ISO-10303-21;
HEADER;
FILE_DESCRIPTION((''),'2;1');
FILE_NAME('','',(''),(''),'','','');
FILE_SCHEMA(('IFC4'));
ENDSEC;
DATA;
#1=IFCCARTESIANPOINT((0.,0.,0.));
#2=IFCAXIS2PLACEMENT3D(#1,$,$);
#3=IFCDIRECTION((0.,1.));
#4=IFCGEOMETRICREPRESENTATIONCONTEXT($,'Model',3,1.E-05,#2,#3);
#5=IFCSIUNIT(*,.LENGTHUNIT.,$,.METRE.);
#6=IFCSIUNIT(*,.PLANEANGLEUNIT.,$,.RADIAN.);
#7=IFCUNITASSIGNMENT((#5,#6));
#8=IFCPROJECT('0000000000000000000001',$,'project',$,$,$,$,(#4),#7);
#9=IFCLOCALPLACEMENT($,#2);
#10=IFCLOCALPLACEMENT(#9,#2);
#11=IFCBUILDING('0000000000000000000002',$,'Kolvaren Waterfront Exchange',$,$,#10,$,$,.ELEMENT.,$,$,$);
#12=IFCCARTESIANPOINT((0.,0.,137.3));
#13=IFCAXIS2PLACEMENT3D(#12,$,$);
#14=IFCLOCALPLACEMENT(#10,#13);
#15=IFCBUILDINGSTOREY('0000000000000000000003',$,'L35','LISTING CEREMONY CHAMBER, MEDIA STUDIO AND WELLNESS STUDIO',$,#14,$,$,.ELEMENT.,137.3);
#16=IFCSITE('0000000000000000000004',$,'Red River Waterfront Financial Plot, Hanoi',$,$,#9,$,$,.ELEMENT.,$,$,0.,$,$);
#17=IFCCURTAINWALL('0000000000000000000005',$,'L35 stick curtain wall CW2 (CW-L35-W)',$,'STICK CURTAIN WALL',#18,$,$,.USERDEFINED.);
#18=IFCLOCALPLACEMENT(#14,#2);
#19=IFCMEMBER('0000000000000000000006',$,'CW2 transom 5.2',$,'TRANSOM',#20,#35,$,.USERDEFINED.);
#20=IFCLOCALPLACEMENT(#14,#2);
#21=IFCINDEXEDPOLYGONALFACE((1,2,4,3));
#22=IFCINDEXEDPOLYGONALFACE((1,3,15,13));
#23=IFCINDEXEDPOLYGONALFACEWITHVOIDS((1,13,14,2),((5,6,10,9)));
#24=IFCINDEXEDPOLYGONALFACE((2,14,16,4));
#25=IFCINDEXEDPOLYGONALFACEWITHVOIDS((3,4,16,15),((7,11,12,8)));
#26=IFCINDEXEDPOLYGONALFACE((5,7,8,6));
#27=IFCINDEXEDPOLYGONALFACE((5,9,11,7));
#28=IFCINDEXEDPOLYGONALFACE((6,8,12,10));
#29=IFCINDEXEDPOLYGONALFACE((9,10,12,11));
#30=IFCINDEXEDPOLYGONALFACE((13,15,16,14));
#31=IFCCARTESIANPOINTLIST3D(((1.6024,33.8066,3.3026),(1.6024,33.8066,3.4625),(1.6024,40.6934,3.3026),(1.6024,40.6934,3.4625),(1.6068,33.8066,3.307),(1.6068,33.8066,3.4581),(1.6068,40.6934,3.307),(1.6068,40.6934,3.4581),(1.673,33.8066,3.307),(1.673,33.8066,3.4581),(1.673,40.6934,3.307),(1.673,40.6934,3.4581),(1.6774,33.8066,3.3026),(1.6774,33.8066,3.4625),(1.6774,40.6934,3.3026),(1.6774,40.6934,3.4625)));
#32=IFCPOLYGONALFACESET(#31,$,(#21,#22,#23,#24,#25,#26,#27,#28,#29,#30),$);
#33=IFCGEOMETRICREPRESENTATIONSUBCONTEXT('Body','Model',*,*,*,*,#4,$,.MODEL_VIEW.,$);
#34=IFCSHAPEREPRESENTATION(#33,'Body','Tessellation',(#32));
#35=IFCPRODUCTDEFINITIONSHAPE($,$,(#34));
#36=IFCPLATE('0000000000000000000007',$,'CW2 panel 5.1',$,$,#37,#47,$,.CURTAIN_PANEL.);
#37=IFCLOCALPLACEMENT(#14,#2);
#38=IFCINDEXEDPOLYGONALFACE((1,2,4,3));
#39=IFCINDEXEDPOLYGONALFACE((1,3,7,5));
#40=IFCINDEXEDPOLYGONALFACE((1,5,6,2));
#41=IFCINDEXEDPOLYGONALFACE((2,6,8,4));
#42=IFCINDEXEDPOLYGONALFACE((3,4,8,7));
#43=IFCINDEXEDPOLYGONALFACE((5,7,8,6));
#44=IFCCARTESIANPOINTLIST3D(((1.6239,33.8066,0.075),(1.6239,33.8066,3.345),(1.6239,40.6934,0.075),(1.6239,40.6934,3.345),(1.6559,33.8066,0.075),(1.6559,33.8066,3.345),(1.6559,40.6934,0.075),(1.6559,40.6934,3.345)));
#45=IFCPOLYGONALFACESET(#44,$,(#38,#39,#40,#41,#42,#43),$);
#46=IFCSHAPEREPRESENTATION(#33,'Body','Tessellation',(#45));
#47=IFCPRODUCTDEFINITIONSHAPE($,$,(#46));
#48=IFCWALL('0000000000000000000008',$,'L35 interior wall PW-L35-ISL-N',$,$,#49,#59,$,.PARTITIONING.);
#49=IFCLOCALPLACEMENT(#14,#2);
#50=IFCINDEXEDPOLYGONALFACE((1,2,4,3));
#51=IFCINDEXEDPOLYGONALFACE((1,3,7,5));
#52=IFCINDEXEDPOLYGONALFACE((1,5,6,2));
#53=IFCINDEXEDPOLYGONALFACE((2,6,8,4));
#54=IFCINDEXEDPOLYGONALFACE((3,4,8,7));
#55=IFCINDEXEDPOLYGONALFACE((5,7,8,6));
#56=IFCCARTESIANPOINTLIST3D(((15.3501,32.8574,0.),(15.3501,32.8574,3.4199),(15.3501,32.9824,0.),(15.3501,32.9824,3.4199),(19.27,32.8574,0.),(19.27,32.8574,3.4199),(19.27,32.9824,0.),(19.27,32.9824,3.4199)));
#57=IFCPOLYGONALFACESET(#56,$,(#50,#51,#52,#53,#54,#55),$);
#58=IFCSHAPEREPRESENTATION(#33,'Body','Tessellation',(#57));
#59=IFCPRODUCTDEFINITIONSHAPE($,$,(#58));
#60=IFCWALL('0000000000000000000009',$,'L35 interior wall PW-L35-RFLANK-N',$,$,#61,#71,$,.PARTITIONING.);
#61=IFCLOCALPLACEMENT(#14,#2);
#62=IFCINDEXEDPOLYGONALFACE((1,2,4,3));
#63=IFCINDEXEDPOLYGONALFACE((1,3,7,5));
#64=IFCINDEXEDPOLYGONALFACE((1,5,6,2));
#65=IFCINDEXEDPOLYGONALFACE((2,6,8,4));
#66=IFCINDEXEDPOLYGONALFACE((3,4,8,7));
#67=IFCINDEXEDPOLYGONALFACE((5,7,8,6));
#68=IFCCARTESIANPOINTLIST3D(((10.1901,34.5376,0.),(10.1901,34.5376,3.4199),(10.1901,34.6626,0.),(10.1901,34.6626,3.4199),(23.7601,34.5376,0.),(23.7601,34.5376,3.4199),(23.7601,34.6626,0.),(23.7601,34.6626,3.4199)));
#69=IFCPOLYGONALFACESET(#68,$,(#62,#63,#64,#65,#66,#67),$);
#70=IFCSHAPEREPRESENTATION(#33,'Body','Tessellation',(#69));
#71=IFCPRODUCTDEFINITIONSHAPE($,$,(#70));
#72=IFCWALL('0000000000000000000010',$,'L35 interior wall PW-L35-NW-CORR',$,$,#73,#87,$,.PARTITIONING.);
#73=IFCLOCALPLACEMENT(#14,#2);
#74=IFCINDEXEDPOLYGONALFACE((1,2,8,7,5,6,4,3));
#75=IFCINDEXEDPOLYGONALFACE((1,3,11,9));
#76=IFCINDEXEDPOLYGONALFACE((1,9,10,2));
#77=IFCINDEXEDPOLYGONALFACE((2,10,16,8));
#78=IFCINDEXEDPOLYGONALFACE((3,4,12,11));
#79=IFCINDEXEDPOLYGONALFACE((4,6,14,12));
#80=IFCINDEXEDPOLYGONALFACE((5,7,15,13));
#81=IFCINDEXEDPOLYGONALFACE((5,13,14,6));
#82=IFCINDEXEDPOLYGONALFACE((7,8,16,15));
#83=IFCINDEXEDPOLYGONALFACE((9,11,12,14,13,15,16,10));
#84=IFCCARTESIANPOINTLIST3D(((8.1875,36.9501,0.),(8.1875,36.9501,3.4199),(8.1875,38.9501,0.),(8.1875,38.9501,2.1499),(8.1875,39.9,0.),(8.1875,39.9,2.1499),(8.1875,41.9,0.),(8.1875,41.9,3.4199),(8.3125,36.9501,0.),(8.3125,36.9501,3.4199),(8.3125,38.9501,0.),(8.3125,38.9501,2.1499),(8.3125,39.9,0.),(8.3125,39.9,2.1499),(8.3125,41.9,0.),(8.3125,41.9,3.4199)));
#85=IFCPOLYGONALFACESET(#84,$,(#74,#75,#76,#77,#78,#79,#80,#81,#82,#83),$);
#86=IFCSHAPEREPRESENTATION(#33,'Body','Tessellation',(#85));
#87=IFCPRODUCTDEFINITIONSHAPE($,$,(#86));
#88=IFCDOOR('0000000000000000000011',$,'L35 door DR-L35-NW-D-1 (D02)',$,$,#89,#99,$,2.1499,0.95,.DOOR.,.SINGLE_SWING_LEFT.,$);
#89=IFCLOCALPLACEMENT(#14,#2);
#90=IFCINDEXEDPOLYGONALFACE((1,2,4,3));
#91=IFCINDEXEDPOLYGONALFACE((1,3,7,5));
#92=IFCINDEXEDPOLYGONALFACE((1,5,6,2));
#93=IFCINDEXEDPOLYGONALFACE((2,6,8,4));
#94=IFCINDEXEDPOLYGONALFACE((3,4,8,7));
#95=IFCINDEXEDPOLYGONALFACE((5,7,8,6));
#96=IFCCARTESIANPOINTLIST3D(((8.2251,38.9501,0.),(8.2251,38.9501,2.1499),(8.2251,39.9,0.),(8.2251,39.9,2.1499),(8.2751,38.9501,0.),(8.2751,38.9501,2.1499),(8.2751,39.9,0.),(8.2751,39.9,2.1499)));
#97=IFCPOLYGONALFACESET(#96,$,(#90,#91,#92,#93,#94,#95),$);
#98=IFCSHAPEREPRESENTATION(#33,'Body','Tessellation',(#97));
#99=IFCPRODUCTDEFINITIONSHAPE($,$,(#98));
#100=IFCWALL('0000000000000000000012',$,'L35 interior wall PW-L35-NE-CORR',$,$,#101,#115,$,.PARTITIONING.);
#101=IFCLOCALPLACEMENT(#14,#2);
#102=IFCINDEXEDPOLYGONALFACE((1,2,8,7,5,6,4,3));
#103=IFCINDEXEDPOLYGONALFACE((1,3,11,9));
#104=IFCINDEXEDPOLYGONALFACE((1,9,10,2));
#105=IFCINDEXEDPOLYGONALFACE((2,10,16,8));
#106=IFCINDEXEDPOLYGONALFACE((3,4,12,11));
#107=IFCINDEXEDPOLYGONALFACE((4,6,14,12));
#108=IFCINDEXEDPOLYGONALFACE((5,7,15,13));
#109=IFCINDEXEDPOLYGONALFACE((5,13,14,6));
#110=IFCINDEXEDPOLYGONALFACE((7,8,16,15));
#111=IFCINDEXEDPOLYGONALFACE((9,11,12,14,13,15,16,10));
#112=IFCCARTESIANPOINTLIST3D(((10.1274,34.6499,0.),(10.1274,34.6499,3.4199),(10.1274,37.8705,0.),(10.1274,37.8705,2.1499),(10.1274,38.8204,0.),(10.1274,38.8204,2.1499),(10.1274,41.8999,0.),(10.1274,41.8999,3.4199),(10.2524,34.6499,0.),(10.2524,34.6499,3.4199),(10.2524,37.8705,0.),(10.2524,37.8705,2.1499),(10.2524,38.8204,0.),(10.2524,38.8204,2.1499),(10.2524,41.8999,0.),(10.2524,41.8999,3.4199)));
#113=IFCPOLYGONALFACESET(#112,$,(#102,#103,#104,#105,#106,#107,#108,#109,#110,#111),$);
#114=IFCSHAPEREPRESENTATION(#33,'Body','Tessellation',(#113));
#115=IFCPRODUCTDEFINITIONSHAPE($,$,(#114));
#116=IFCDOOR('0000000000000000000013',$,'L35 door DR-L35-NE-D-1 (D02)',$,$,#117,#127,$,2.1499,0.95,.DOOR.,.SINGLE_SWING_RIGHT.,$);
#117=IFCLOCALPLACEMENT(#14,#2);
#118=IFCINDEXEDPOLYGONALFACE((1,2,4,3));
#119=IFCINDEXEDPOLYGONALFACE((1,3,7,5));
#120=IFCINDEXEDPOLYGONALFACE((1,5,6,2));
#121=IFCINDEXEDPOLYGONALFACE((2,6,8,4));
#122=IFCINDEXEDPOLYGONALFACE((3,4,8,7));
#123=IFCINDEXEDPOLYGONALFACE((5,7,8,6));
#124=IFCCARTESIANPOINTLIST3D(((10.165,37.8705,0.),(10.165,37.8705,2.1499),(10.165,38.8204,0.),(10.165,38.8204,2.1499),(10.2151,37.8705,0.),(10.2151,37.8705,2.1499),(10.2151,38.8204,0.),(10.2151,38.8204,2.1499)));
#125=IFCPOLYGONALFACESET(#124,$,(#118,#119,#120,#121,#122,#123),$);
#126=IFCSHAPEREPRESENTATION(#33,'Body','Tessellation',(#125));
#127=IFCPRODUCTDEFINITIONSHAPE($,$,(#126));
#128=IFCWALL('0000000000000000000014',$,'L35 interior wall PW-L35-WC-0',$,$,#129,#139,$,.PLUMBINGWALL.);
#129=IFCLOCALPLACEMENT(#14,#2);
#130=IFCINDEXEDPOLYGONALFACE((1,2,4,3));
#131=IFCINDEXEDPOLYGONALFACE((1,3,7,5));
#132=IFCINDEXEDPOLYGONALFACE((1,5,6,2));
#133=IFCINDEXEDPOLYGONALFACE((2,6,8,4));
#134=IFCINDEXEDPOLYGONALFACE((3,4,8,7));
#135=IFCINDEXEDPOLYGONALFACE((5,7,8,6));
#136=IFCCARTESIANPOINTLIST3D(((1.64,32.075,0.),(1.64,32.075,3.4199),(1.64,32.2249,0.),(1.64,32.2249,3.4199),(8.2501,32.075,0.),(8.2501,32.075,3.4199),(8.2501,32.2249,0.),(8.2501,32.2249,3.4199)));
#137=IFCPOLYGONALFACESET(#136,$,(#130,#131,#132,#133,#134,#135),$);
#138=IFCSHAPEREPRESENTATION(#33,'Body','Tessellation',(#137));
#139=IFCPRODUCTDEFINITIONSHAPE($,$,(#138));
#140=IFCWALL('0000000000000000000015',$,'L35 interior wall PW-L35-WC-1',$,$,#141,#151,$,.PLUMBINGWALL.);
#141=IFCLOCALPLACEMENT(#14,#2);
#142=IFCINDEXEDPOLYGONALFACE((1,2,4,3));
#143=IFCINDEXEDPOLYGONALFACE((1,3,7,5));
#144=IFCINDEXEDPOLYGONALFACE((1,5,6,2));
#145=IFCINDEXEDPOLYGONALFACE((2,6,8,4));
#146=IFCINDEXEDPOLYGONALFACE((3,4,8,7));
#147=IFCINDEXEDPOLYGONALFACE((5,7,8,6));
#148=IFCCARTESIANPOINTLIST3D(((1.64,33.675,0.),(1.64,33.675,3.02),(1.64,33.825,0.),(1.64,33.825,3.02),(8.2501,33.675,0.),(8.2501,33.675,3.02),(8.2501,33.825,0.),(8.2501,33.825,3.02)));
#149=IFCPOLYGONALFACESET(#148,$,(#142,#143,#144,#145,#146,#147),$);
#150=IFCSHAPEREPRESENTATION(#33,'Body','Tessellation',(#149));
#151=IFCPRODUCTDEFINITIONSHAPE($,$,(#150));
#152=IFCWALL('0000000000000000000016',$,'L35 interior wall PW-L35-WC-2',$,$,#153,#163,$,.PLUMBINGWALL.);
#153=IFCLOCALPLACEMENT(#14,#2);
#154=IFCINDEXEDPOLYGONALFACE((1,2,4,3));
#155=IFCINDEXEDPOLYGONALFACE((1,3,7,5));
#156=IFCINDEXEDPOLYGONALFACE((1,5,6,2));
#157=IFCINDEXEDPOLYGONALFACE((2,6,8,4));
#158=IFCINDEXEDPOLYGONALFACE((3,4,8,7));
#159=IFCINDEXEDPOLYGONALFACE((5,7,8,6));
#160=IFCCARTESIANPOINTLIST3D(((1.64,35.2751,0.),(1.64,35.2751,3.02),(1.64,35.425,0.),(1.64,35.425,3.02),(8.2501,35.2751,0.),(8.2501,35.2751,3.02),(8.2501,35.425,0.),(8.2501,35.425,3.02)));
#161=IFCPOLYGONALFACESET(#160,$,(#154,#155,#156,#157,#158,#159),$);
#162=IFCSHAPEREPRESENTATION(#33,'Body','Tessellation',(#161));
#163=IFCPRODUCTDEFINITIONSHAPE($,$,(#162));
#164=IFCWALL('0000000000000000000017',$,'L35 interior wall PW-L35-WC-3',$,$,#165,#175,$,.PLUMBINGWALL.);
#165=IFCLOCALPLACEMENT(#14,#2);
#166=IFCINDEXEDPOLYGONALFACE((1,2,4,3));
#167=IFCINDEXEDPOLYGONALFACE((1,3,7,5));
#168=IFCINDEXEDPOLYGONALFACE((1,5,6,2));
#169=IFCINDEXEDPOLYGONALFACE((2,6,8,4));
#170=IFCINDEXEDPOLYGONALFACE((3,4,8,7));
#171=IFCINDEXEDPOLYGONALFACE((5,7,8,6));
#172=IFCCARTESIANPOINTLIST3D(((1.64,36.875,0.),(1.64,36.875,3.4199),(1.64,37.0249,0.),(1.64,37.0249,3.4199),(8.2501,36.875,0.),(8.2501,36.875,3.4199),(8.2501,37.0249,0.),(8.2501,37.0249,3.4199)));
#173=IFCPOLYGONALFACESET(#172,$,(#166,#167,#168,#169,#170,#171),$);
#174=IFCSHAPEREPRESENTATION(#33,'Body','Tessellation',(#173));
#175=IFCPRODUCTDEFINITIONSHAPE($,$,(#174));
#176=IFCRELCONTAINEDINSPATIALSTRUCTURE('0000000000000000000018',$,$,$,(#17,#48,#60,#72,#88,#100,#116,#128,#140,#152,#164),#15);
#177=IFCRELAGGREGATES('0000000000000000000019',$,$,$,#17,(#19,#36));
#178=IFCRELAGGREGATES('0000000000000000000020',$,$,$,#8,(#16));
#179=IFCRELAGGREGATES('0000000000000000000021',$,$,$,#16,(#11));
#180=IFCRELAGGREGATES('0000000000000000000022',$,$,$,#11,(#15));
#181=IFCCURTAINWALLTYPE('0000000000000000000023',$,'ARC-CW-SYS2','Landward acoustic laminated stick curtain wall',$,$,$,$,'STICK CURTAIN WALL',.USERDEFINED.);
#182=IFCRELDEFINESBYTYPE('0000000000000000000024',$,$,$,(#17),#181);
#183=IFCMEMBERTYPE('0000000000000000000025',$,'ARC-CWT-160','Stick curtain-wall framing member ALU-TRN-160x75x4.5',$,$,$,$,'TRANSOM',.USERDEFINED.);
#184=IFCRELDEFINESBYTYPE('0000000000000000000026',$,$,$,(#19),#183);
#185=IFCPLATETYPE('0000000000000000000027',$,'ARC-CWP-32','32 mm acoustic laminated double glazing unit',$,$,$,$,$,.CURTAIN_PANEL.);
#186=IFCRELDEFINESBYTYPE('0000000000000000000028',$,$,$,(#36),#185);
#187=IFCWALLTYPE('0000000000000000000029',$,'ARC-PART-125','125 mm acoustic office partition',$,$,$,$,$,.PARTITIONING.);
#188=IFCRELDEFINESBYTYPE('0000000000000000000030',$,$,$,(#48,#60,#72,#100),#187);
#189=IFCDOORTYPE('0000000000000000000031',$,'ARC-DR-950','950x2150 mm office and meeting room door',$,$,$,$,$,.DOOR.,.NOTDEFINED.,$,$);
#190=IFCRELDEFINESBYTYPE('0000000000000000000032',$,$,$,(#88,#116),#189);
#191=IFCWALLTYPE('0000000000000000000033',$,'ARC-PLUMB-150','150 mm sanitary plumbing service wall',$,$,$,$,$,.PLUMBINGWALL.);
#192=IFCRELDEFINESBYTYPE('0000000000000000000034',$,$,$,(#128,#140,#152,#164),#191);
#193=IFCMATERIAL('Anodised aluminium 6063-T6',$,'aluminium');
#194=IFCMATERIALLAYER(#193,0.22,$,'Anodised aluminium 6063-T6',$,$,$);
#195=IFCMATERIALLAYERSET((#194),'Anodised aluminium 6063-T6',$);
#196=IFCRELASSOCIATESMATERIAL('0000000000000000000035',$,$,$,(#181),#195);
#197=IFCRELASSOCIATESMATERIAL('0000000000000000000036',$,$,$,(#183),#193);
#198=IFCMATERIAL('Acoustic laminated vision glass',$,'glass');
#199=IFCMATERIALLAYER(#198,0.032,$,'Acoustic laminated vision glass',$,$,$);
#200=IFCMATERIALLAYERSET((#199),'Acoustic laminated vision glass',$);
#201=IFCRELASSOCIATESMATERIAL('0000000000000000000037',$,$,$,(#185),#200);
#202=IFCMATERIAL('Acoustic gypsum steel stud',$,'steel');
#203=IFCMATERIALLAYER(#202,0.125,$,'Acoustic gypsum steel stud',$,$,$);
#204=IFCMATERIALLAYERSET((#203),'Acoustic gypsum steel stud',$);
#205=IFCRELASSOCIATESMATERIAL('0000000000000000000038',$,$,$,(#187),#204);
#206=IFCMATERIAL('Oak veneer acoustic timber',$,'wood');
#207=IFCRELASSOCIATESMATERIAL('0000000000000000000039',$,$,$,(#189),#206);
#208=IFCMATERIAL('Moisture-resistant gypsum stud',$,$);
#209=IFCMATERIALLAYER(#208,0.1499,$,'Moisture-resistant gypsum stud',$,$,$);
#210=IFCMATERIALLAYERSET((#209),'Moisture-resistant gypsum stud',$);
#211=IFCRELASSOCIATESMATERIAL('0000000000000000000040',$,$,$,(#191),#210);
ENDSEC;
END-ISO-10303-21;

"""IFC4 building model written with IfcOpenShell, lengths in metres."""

from ifc_helpers import new_model, si_unit, direction, frame, frame_2d, origin, origin_with_axes, origin_2d, place, context, subcontext, project, spatial, rectangle, hollow_rectangle, extrude, source, transform, mapped, material, layer, layer_set, material_profile, profile_set, type_object, element, fill, aggregate, save


model = new_model("IFC4")

# Units and contexts
model_context = context("Model", 3, precision=1e-05, world=origin(), true_north=direction((0.0, 1.0)))
body_context = subcontext(model_context, "Body", "Model", "MODEL_VIEW")
ifc_project = project(units=[si_unit("LENGTHUNIT", "METRE"), si_unit("PLANEANGLEUNIT", "RADIAN")], contexts=[model_context])

# Site, building, storey
site_placement = place(None, origin())
site = spatial("IfcSite", under=ifc_project, at=site_placement, Name="Red River Waterfront Financial Plot, Hanoi", CompositionType="ELEMENT", RefElevation=0.0)
building_placement = place(site_placement, origin())
building = spatial("IfcBuilding", under=site, at=building_placement, Name="Kolvaren Waterfront Exchange", CompositionType="ELEMENT")
storey_placement = place(building_placement, frame((0.0, 0.0, 137.3)))
storey = spatial("IfcBuildingStorey", under=building, at=storey_placement, Name="L35", Description="LISTING CEREMONY CHAMBER, MEDIA STUDIO AND WELLNESS STUDIO", CompositionType="ELEMENT", Elevation=137.3)

# Curtain wall, member, plate
ifc_material_1 = material(Name="Anodised aluminium 6063-T6", Category="aluminium")
ifc_layer_1 = layer(ifc_material_1, 0.22, Name="Anodised aluminium 6063-T6")
ifc_layer_set_1 = layer_set([ifc_layer_1], Name="Anodised aluminium 6063-T6")
curtain_wall_type = type_object("IfcCurtainWallType", Name="ARC-CW-SYS2", Description="Landward acoustic laminated stick curtain wall", ElementType="STICK CURTAIN WALL", PredefinedType="USERDEFINED", material=ifc_layer_set_1)
curtain_wall_placement = place(storey_placement, origin())
curtain_wall = element("IfcCurtainWall", 1, at=curtain_wall_placement, inside=storey, type_object=curtain_wall_type, Name="L35 stick curtain wall CW2 (CW-L35-W)", ObjectType="STICK CURTAIN WALL", PredefinedType="USERDEFINED")
ifc_material_profile_1 = material_profile(ifc_material_1, hollow_rectangle(XDim=0.075, YDim=0.1599, WallThickness=0.0044, at=origin_2d()), Name="ALU-TRN-160x75x4.5")
ifc_profile_set_1 = profile_set([ifc_material_profile_1], Name="Anodised aluminium 6063-T6")
member_type_1 = type_object("IfcMemberType", Name="ARC-CWT-160", Description="Stick curtain-wall framing member ALU-TRN-160x75x4.5", ElementType="TRANSOM", PredefinedType="USERDEFINED", material=ifc_profile_set_1)
shared_shape_1 = source(origin_with_axes(), body_context, "Body", "SweptSolid", [
    extrude(hollow_rectangle(XDim=0.075, YDim=0.1599, WallThickness=0.0044, at=origin_2d()), origin(), (0.0, 0.0, 1.0), 6.8867),
])
member_1_placement = place(storey_placement, frame((1.6399, 33.8066, 3.3826), z_axis=(0.0, 1.0, 0.0), x_axis=(-1.0, 0.0, 0.0)))
member_1 = element("IfcMember", 2, at=member_1_placement, type_object=member_type_1, Name="CW2 transom 5.2", ObjectType="TRANSOM", PredefinedType="USERDEFINED", context=body_context, shape_type="MappedRepresentation", body=[
    mapped(shared_shape_1, transform((0.0, 0.0, 0.0), x_axis=(1.0, 0.0, 0.0), y_axis=(0.0, 1.0, 0.0), z_axis=(0.0, 0.0, 1.0), scale=1.0)),
])
ifc_material_2 = material(Name="Acoustic laminated vision glass", Category="glass")
ifc_layer_2 = layer(ifc_material_2, 0.032, Name="Acoustic laminated vision glass")
ifc_layer_set_2 = layer_set([ifc_layer_2], Name="Acoustic laminated vision glass")
plate_type = type_object("IfcPlateType", Name="ARC-CWP-32", Description="32 mm acoustic laminated double glazing unit", PredefinedType="CURTAIN_PANEL", material=ifc_layer_set_2)
shared_shape_2 = source(origin_with_axes(), body_context, "Body", "SweptSolid", [
    extrude(rectangle(XDim=6.8867, YDim=0.032, at=origin_2d()), origin(), (0.0, 0.0, 1.0), 3.27),
])
plate_placement = place(storey_placement, frame((1.6399, 37.25, 0.075), z_axis=(0.0, 0.0, 1.0), x_axis=(0.0, 1.0, 0.0)))
plate = element("IfcPlate", 3, at=plate_placement, type_object=plate_type, Name="CW2 panel 5.1", PredefinedType="CURTAIN_PANEL", context=body_context, shape_type="MappedRepresentation", body=[
    mapped(shared_shape_2, transform((0.0, 0.0, 0.0), x_axis=(1.0, 0.0, 0.0), y_axis=(0.0, 1.0, 0.0), z_axis=(0.0, 0.0, 1.0), scale=1.0)),
])
aggregate(curtain_wall, [member_1, plate])

# Walls
ifc_material_3 = material(Name="Acoustic gypsum steel stud", Category="steel")
ifc_layer_3 = layer(ifc_material_3, 0.125, Name="Acoustic gypsum steel stud")
ifc_layer_set_3 = layer_set([ifc_layer_3], Name="Acoustic gypsum steel stud")
wall_type_1 = type_object("IfcWallType", Name="ARC-PART-125", Description="125 mm acoustic office partition", PredefinedType="PARTITIONING", material=ifc_layer_set_3)
wall_1_placement = place(storey_placement, frame((15.3501, 32.9199, 0.0), z_axis=(0.0, 0.0, 1.0), x_axis=(1.0, 0.0, 0.0)))
element("IfcWall", 4, at=wall_1_placement, inside=storey, type_object=wall_type_1, Name="L35 interior wall PW-L35-ISL-N", PredefinedType="PARTITIONING", context=body_context, shape_type="SweptSolid", body=[
    extrude(rectangle(XDim=3.9199, YDim=0.125, at=frame_2d((1.96, 0.0))), origin(), (0.0, 0.0, 1.0), 3.4199),
])
wall_2_placement = place(storey_placement, frame((10.1899, 34.6001, 0.0), z_axis=(0.0, 0.0, 1.0), x_axis=(1.0, 0.0, 0.0)))
element("IfcWall", 5, at=wall_2_placement, inside=storey, type_object=wall_type_1, Name="L35 interior wall PW-L35-RFLANK-N", PredefinedType="PARTITIONING", context=body_context, shape_type="SweptSolid", body=[
    extrude(rectangle(XDim=13.5701, YDim=0.125, at=frame_2d((6.7852, 0.0))), origin(), (0.0, 0.0, 1.0), 3.4199),
])

# Walls, openings, doors
wall_3_placement = place(storey_placement, frame((8.25, 36.95, 0.0), z_axis=(0.0, 0.0, 1.0), x_axis=(0.0, 1.0, 0.0)))
wall_3 = element("IfcWall", 6, at=wall_3_placement, inside=storey, type_object=wall_type_1, Name="L35 interior wall PW-L35-NW-CORR", PredefinedType="PARTITIONING", context=body_context, shape_type="SweptSolid", body=[
    extrude(rectangle(XDim=4.95, YDim=0.125, at=frame_2d((2.4751, 0.0))), origin(), (0.0, 0.0, 1.0), 3.4199),
])
opening_1_placement = place(wall_3_placement, frame((2.0, 0.0, 0.0)))
opening_1 = element("IfcOpeningElement", 7, at=opening_1_placement, cuts=wall_3, PredefinedType="OPENING", context=body_context, shape_type="SweptSolid", body=[
    extrude(rectangle(XDim=0.95, YDim=2.1499, at=frame_2d((0.4751, 1.075))), frame((0.0, 0.0725, 0.0), z_axis=(0.0, -1.0, 0.0), x_axis=(1.0, 0.0, 0.0)), (0.0, 0.0, 1.0), 0.145),
])
ifc_material_4 = material(Name="Oak veneer acoustic timber", Category="wood")
door_type_1 = type_object("IfcDoorType", Name="ARC-DR-950", Description="950x2150 mm office and meeting room door", OperationType="NOTDEFINED", PredefinedType="DOOR", material=ifc_material_4)
door_1_placement = place(opening_1_placement, origin())
door_1 = element("IfcDoor", 8, at=door_1_placement, inside=storey, type_object=door_type_1, Name="L35 door DR-L35-NW-D-1 (D02)", OperationType="SINGLE_SWING_LEFT", OverallHeight=2.1499, OverallWidth=0.95, PredefinedType="DOOR", context=body_context, shape_type="SweptSolid", body=[
    extrude(rectangle(XDim=0.95, YDim=2.1499, at=frame_2d((0.4751, 1.075))), frame((0.0, 0.0249, 0.0), z_axis=(0.0, -1.0, 0.0), x_axis=(1.0, 0.0, 0.0)), (0.0, 0.0, 1.0), 0.05),
])
fill(opening_1, door_1)
wall_4_placement = place(storey_placement, frame((10.1899, 34.6499, 0.0), z_axis=(0.0, 0.0, 1.0), x_axis=(0.0, 1.0, 0.0)))
wall_4 = element("IfcWall", 9, at=wall_4_placement, inside=storey, type_object=wall_type_1, Name="L35 interior wall PW-L35-NE-CORR", PredefinedType="PARTITIONING", context=body_context, shape_type="SweptSolid", body=[
    extrude(rectangle(XDim=7.25, YDim=0.125, at=frame_2d((3.625, 0.0))), origin(), (0.0, 0.0, 1.0), 3.4199),
])
opening_2_placement = place(wall_4_placement, frame((3.2205, 0.0, 0.0)))
opening_2 = element("IfcOpeningElement", 10, at=opening_2_placement, cuts=wall_4, PredefinedType="OPENING", context=body_context, shape_type="SweptSolid", body=[
    extrude(rectangle(XDim=0.95, YDim=2.1499, at=frame_2d((0.4751, 1.075))), frame((0.0, 0.0725, 0.0), z_axis=(0.0, -1.0, 0.0), x_axis=(1.0, 0.0, 0.0)), (0.0, 0.0, 1.0), 0.145),
])
door_2_placement = place(opening_2_placement, origin())
door_2 = element("IfcDoor", 11, at=door_2_placement, inside=storey, type_object=door_type_1, Name="L35 door DR-L35-NE-D-1 (D02)", OperationType="SINGLE_SWING_RIGHT", OverallHeight=2.1499, OverallWidth=0.95, PredefinedType="DOOR", context=body_context, shape_type="SweptSolid", body=[
    extrude(rectangle(XDim=0.95, YDim=2.1499, at=frame_2d((0.4751, 1.075))), frame((0.0, 0.0249, 0.0), z_axis=(0.0, -1.0, 0.0), x_axis=(1.0, 0.0, 0.0)), (0.0, 0.0, 1.0), 0.05),
])
fill(opening_2, door_2)

# Wall
ifc_material_5 = material(Name="Moisture-resistant gypsum stud")
ifc_layer_4 = layer(ifc_material_5, 0.1499, Name="Moisture-resistant gypsum stud")
ifc_layer_set_4 = layer_set([ifc_layer_4], Name="Moisture-resistant gypsum stud")
wall_type_2 = type_object("IfcWallType", Name="ARC-PLUMB-150", Description="150 mm sanitary plumbing service wall", PredefinedType="PLUMBINGWALL", material=ifc_layer_set_4)
wall_5_placement = place(storey_placement, frame((1.6399, 32.1499, 0.0), z_axis=(0.0, 0.0, 1.0), x_axis=(1.0, 0.0, 0.0)))
element("IfcWall", 12, at=wall_5_placement, inside=storey, type_object=wall_type_2, Name="L35 interior wall PW-L35-WC-0", PredefinedType="PLUMBINGWALL", context=body_context, shape_type="SweptSolid", body=[
    extrude(rectangle(XDim=6.6101, YDim=0.1499, at=frame_2d((3.3052, 0.0))), origin(), (0.0, 0.0, 1.0), 3.4199),
])

# Walls
for number, where, z_axis, x_axis, name in (
    (13, (1.6399, 33.75, 0.0), (0.0, 0.0, 1.0), (1.0, 0.0, 0.0), "L35 interior wall PW-L35-WC-1"),
    (14, (1.6399, 35.3501, 0.0), (0.0, 0.0, 1.0), (1.0, 0.0, 0.0), "L35 interior wall PW-L35-WC-2"),
):
    element("IfcWall", number, at=place(storey_placement, frame(where, z_axis=z_axis, x_axis=x_axis)), inside=storey, type_object=wall_type_2, Name=name, PredefinedType="PLUMBINGWALL", context=body_context, shape_type="SweptSolid", body=[
        extrude(rectangle(XDim=6.6101, YDim=0.1499, at=frame_2d((3.3052, 0.0))), origin(), (0.0, 0.0, 1.0), 3.02),
    ])
wall_6_placement = place(storey_placement, frame((1.6399, 36.95, 0.0), z_axis=(0.0, 0.0, 1.0), x_axis=(1.0, 0.0, 0.0)))
element("IfcWall", 15, at=wall_6_placement, inside=storey, type_object=wall_type_2, Name="L35 interior wall PW-L35-WC-3", PredefinedType="PLUMBINGWALL", context=body_context, shape_type="SweptSolid", body=[
    extrude(rectangle(XDim=6.6101, YDim=0.1499, at=frame_2d((3.3052, 0.0))), origin(), (0.0, 0.0, 1.0), 3.4199),
])

save(model, "model.ifc")
